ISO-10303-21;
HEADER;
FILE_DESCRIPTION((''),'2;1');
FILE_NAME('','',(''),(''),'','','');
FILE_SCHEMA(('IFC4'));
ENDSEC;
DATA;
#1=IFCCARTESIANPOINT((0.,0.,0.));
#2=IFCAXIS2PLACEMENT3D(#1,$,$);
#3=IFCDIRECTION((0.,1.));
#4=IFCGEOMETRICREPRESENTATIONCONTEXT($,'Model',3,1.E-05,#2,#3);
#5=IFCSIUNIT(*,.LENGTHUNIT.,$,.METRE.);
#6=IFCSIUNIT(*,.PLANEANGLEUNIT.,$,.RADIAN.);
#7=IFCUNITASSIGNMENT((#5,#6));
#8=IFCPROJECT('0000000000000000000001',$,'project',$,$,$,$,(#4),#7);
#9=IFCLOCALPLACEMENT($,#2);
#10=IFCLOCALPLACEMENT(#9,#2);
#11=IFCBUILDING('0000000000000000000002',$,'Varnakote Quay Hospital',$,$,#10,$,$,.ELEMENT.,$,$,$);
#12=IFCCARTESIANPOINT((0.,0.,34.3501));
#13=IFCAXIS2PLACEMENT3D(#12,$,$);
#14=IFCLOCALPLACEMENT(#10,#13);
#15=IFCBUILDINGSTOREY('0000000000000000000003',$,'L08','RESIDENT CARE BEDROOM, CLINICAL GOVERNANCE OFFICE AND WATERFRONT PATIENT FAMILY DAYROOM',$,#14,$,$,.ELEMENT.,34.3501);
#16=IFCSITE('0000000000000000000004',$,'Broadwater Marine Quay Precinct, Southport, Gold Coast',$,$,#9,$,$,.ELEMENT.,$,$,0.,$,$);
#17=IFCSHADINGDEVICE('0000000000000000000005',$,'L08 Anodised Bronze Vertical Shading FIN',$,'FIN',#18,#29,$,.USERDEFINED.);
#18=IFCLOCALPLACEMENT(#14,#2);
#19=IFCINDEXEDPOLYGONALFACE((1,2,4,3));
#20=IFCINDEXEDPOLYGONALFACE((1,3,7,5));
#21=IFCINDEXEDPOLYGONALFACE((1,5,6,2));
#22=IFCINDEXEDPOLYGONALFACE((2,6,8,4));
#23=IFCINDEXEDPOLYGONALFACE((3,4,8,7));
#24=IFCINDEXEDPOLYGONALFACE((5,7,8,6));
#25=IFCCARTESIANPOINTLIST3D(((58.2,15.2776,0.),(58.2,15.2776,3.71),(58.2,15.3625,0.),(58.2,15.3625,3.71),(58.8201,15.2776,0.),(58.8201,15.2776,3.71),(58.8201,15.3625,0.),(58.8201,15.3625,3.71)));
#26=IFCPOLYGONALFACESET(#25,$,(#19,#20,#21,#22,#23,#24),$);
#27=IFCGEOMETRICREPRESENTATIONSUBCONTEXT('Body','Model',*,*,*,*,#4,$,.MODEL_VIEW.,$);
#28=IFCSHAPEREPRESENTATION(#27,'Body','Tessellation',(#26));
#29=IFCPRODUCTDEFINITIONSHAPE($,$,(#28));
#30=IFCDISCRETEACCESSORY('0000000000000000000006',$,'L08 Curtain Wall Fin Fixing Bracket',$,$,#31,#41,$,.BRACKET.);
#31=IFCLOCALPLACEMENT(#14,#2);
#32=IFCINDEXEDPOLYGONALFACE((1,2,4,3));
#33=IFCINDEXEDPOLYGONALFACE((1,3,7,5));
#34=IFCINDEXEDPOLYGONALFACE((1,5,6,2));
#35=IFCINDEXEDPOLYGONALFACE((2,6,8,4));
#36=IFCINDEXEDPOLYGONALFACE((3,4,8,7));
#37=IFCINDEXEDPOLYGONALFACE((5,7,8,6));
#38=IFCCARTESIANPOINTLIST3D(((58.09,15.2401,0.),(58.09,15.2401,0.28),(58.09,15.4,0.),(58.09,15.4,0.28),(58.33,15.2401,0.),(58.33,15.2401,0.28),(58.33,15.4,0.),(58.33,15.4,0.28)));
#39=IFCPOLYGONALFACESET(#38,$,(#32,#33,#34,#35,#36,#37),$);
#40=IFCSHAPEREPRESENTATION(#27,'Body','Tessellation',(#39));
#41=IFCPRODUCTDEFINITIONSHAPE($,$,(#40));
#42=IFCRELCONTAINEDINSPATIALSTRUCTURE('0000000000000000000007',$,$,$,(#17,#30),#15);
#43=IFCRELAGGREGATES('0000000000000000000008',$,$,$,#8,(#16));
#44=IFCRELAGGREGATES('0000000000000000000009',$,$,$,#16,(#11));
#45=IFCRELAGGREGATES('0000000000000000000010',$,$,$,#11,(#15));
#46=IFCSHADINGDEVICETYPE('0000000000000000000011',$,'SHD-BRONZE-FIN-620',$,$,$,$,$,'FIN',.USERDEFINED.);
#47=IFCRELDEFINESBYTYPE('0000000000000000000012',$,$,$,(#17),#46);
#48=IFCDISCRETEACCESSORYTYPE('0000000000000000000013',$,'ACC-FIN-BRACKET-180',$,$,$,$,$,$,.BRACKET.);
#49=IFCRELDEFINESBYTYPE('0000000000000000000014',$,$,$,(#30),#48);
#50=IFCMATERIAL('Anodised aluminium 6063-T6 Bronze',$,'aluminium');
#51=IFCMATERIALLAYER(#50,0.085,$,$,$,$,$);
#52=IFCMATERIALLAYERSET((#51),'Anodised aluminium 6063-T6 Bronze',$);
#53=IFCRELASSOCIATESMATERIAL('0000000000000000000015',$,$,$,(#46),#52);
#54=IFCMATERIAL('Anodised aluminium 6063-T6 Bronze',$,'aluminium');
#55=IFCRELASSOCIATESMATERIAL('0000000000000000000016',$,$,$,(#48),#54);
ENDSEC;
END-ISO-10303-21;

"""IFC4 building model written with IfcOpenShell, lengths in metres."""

from ifc_helpers import new_model, si_unit, direction, frame, origin, origin_2d, place, context, subcontext, project, spatial, rectangle, extrude, material, layer, layer_set, type_object, element, save


model = new_model("IFC4")

# Units and contexts
model_context = context("Model", 3, precision=1e-05, world=origin(), true_north=direction((0.0, 1.0)))
body_context = subcontext(model_context, "Body", "Model", "MODEL_VIEW")
ifc_project = project(units=[si_unit("LENGTHUNIT", "METRE"), si_unit("PLANEANGLEUNIT", "RADIAN")], contexts=[model_context])

# Site, building, storey
site_placement = place(None, origin())
site = spatial("IfcSite", under=ifc_project, at=site_placement, Name="Broadwater Marine Quay Precinct, Southport, Gold Coast", CompositionType="ELEMENT", RefElevation=0.0)
building_placement = place(site_placement, origin())
building = spatial("IfcBuilding", under=site, at=building_placement, Name="Varnakote Quay Hospital", CompositionType="ELEMENT")
storey_placement = place(building_placement, frame((0.0, 0.0, 34.3501)))
storey = spatial("IfcBuildingStorey", under=building, at=storey_placement, Name="L08", Description="RESIDENT CARE BEDROOM, CLINICAL GOVERNANCE OFFICE AND WATERFRONT PATIENT FAMILY DAYROOM", CompositionType="ELEMENT", Elevation=34.3501)

# Shading device
ifc_material_1 = material(Name="Anodised aluminium 6063-T6 Bronze", Category="aluminium")
ifc_layer_1 = layer(ifc_material_1, 0.085)
ifc_layer_set_1 = layer_set([ifc_layer_1], Name="Anodised aluminium 6063-T6 Bronze")
shading_device_type = type_object("IfcShadingDeviceType", Name="SHD-BRONZE-FIN-620", ElementType="FIN", PredefinedType="USERDEFINED", material=ifc_layer_set_1)
shading_device_placement = place(storey_placement, frame((58.51, 15.3201, 0.0), z_axis=(0.0, 0.0, 1.0), x_axis=(-1.0, 0.0, 0.0)))
element("IfcShadingDevice", 1, at=shading_device_placement, inside=storey, type_object=shading_device_type, Name="L08 Anodised Bronze Vertical Shading FIN", ObjectType="FIN", PredefinedType="USERDEFINED", context=body_context, shape_type="SweptSolid", body=[
    extrude(rectangle(XDim=0.6201, YDim=0.085, at=origin_2d()), origin(), (0.0, 0.0, 1.0), 3.71),
])

# Discrete accessory
ifc_material_2 = material(Name="Anodised aluminium 6063-T6 Bronze", Category="aluminium")
discrete_accessory_type = type_object("IfcDiscreteAccessoryType", Name="ACC-FIN-BRACKET-180", PredefinedType="BRACKET", material=ifc_material_2)
discrete_accessory_placement = place(storey_placement, frame((58.21, 15.3201, 0.0), z_axis=(0.0, 0.0, 1.0), x_axis=(0.0, 1.0, 0.0)))
element("IfcDiscreteAccessory", 2, at=discrete_accessory_placement, inside=storey, type_object=discrete_accessory_type, Name="L08 Curtain Wall Fin Fixing Bracket", PredefinedType="BRACKET", context=body_context, shape_type="SweptSolid", body=[
    extrude(rectangle(XDim=0.1599, YDim=0.24, at=origin_2d()), origin(), (0.0, 0.0, 1.0), 0.28),
])

save(model, "model.ifc")
